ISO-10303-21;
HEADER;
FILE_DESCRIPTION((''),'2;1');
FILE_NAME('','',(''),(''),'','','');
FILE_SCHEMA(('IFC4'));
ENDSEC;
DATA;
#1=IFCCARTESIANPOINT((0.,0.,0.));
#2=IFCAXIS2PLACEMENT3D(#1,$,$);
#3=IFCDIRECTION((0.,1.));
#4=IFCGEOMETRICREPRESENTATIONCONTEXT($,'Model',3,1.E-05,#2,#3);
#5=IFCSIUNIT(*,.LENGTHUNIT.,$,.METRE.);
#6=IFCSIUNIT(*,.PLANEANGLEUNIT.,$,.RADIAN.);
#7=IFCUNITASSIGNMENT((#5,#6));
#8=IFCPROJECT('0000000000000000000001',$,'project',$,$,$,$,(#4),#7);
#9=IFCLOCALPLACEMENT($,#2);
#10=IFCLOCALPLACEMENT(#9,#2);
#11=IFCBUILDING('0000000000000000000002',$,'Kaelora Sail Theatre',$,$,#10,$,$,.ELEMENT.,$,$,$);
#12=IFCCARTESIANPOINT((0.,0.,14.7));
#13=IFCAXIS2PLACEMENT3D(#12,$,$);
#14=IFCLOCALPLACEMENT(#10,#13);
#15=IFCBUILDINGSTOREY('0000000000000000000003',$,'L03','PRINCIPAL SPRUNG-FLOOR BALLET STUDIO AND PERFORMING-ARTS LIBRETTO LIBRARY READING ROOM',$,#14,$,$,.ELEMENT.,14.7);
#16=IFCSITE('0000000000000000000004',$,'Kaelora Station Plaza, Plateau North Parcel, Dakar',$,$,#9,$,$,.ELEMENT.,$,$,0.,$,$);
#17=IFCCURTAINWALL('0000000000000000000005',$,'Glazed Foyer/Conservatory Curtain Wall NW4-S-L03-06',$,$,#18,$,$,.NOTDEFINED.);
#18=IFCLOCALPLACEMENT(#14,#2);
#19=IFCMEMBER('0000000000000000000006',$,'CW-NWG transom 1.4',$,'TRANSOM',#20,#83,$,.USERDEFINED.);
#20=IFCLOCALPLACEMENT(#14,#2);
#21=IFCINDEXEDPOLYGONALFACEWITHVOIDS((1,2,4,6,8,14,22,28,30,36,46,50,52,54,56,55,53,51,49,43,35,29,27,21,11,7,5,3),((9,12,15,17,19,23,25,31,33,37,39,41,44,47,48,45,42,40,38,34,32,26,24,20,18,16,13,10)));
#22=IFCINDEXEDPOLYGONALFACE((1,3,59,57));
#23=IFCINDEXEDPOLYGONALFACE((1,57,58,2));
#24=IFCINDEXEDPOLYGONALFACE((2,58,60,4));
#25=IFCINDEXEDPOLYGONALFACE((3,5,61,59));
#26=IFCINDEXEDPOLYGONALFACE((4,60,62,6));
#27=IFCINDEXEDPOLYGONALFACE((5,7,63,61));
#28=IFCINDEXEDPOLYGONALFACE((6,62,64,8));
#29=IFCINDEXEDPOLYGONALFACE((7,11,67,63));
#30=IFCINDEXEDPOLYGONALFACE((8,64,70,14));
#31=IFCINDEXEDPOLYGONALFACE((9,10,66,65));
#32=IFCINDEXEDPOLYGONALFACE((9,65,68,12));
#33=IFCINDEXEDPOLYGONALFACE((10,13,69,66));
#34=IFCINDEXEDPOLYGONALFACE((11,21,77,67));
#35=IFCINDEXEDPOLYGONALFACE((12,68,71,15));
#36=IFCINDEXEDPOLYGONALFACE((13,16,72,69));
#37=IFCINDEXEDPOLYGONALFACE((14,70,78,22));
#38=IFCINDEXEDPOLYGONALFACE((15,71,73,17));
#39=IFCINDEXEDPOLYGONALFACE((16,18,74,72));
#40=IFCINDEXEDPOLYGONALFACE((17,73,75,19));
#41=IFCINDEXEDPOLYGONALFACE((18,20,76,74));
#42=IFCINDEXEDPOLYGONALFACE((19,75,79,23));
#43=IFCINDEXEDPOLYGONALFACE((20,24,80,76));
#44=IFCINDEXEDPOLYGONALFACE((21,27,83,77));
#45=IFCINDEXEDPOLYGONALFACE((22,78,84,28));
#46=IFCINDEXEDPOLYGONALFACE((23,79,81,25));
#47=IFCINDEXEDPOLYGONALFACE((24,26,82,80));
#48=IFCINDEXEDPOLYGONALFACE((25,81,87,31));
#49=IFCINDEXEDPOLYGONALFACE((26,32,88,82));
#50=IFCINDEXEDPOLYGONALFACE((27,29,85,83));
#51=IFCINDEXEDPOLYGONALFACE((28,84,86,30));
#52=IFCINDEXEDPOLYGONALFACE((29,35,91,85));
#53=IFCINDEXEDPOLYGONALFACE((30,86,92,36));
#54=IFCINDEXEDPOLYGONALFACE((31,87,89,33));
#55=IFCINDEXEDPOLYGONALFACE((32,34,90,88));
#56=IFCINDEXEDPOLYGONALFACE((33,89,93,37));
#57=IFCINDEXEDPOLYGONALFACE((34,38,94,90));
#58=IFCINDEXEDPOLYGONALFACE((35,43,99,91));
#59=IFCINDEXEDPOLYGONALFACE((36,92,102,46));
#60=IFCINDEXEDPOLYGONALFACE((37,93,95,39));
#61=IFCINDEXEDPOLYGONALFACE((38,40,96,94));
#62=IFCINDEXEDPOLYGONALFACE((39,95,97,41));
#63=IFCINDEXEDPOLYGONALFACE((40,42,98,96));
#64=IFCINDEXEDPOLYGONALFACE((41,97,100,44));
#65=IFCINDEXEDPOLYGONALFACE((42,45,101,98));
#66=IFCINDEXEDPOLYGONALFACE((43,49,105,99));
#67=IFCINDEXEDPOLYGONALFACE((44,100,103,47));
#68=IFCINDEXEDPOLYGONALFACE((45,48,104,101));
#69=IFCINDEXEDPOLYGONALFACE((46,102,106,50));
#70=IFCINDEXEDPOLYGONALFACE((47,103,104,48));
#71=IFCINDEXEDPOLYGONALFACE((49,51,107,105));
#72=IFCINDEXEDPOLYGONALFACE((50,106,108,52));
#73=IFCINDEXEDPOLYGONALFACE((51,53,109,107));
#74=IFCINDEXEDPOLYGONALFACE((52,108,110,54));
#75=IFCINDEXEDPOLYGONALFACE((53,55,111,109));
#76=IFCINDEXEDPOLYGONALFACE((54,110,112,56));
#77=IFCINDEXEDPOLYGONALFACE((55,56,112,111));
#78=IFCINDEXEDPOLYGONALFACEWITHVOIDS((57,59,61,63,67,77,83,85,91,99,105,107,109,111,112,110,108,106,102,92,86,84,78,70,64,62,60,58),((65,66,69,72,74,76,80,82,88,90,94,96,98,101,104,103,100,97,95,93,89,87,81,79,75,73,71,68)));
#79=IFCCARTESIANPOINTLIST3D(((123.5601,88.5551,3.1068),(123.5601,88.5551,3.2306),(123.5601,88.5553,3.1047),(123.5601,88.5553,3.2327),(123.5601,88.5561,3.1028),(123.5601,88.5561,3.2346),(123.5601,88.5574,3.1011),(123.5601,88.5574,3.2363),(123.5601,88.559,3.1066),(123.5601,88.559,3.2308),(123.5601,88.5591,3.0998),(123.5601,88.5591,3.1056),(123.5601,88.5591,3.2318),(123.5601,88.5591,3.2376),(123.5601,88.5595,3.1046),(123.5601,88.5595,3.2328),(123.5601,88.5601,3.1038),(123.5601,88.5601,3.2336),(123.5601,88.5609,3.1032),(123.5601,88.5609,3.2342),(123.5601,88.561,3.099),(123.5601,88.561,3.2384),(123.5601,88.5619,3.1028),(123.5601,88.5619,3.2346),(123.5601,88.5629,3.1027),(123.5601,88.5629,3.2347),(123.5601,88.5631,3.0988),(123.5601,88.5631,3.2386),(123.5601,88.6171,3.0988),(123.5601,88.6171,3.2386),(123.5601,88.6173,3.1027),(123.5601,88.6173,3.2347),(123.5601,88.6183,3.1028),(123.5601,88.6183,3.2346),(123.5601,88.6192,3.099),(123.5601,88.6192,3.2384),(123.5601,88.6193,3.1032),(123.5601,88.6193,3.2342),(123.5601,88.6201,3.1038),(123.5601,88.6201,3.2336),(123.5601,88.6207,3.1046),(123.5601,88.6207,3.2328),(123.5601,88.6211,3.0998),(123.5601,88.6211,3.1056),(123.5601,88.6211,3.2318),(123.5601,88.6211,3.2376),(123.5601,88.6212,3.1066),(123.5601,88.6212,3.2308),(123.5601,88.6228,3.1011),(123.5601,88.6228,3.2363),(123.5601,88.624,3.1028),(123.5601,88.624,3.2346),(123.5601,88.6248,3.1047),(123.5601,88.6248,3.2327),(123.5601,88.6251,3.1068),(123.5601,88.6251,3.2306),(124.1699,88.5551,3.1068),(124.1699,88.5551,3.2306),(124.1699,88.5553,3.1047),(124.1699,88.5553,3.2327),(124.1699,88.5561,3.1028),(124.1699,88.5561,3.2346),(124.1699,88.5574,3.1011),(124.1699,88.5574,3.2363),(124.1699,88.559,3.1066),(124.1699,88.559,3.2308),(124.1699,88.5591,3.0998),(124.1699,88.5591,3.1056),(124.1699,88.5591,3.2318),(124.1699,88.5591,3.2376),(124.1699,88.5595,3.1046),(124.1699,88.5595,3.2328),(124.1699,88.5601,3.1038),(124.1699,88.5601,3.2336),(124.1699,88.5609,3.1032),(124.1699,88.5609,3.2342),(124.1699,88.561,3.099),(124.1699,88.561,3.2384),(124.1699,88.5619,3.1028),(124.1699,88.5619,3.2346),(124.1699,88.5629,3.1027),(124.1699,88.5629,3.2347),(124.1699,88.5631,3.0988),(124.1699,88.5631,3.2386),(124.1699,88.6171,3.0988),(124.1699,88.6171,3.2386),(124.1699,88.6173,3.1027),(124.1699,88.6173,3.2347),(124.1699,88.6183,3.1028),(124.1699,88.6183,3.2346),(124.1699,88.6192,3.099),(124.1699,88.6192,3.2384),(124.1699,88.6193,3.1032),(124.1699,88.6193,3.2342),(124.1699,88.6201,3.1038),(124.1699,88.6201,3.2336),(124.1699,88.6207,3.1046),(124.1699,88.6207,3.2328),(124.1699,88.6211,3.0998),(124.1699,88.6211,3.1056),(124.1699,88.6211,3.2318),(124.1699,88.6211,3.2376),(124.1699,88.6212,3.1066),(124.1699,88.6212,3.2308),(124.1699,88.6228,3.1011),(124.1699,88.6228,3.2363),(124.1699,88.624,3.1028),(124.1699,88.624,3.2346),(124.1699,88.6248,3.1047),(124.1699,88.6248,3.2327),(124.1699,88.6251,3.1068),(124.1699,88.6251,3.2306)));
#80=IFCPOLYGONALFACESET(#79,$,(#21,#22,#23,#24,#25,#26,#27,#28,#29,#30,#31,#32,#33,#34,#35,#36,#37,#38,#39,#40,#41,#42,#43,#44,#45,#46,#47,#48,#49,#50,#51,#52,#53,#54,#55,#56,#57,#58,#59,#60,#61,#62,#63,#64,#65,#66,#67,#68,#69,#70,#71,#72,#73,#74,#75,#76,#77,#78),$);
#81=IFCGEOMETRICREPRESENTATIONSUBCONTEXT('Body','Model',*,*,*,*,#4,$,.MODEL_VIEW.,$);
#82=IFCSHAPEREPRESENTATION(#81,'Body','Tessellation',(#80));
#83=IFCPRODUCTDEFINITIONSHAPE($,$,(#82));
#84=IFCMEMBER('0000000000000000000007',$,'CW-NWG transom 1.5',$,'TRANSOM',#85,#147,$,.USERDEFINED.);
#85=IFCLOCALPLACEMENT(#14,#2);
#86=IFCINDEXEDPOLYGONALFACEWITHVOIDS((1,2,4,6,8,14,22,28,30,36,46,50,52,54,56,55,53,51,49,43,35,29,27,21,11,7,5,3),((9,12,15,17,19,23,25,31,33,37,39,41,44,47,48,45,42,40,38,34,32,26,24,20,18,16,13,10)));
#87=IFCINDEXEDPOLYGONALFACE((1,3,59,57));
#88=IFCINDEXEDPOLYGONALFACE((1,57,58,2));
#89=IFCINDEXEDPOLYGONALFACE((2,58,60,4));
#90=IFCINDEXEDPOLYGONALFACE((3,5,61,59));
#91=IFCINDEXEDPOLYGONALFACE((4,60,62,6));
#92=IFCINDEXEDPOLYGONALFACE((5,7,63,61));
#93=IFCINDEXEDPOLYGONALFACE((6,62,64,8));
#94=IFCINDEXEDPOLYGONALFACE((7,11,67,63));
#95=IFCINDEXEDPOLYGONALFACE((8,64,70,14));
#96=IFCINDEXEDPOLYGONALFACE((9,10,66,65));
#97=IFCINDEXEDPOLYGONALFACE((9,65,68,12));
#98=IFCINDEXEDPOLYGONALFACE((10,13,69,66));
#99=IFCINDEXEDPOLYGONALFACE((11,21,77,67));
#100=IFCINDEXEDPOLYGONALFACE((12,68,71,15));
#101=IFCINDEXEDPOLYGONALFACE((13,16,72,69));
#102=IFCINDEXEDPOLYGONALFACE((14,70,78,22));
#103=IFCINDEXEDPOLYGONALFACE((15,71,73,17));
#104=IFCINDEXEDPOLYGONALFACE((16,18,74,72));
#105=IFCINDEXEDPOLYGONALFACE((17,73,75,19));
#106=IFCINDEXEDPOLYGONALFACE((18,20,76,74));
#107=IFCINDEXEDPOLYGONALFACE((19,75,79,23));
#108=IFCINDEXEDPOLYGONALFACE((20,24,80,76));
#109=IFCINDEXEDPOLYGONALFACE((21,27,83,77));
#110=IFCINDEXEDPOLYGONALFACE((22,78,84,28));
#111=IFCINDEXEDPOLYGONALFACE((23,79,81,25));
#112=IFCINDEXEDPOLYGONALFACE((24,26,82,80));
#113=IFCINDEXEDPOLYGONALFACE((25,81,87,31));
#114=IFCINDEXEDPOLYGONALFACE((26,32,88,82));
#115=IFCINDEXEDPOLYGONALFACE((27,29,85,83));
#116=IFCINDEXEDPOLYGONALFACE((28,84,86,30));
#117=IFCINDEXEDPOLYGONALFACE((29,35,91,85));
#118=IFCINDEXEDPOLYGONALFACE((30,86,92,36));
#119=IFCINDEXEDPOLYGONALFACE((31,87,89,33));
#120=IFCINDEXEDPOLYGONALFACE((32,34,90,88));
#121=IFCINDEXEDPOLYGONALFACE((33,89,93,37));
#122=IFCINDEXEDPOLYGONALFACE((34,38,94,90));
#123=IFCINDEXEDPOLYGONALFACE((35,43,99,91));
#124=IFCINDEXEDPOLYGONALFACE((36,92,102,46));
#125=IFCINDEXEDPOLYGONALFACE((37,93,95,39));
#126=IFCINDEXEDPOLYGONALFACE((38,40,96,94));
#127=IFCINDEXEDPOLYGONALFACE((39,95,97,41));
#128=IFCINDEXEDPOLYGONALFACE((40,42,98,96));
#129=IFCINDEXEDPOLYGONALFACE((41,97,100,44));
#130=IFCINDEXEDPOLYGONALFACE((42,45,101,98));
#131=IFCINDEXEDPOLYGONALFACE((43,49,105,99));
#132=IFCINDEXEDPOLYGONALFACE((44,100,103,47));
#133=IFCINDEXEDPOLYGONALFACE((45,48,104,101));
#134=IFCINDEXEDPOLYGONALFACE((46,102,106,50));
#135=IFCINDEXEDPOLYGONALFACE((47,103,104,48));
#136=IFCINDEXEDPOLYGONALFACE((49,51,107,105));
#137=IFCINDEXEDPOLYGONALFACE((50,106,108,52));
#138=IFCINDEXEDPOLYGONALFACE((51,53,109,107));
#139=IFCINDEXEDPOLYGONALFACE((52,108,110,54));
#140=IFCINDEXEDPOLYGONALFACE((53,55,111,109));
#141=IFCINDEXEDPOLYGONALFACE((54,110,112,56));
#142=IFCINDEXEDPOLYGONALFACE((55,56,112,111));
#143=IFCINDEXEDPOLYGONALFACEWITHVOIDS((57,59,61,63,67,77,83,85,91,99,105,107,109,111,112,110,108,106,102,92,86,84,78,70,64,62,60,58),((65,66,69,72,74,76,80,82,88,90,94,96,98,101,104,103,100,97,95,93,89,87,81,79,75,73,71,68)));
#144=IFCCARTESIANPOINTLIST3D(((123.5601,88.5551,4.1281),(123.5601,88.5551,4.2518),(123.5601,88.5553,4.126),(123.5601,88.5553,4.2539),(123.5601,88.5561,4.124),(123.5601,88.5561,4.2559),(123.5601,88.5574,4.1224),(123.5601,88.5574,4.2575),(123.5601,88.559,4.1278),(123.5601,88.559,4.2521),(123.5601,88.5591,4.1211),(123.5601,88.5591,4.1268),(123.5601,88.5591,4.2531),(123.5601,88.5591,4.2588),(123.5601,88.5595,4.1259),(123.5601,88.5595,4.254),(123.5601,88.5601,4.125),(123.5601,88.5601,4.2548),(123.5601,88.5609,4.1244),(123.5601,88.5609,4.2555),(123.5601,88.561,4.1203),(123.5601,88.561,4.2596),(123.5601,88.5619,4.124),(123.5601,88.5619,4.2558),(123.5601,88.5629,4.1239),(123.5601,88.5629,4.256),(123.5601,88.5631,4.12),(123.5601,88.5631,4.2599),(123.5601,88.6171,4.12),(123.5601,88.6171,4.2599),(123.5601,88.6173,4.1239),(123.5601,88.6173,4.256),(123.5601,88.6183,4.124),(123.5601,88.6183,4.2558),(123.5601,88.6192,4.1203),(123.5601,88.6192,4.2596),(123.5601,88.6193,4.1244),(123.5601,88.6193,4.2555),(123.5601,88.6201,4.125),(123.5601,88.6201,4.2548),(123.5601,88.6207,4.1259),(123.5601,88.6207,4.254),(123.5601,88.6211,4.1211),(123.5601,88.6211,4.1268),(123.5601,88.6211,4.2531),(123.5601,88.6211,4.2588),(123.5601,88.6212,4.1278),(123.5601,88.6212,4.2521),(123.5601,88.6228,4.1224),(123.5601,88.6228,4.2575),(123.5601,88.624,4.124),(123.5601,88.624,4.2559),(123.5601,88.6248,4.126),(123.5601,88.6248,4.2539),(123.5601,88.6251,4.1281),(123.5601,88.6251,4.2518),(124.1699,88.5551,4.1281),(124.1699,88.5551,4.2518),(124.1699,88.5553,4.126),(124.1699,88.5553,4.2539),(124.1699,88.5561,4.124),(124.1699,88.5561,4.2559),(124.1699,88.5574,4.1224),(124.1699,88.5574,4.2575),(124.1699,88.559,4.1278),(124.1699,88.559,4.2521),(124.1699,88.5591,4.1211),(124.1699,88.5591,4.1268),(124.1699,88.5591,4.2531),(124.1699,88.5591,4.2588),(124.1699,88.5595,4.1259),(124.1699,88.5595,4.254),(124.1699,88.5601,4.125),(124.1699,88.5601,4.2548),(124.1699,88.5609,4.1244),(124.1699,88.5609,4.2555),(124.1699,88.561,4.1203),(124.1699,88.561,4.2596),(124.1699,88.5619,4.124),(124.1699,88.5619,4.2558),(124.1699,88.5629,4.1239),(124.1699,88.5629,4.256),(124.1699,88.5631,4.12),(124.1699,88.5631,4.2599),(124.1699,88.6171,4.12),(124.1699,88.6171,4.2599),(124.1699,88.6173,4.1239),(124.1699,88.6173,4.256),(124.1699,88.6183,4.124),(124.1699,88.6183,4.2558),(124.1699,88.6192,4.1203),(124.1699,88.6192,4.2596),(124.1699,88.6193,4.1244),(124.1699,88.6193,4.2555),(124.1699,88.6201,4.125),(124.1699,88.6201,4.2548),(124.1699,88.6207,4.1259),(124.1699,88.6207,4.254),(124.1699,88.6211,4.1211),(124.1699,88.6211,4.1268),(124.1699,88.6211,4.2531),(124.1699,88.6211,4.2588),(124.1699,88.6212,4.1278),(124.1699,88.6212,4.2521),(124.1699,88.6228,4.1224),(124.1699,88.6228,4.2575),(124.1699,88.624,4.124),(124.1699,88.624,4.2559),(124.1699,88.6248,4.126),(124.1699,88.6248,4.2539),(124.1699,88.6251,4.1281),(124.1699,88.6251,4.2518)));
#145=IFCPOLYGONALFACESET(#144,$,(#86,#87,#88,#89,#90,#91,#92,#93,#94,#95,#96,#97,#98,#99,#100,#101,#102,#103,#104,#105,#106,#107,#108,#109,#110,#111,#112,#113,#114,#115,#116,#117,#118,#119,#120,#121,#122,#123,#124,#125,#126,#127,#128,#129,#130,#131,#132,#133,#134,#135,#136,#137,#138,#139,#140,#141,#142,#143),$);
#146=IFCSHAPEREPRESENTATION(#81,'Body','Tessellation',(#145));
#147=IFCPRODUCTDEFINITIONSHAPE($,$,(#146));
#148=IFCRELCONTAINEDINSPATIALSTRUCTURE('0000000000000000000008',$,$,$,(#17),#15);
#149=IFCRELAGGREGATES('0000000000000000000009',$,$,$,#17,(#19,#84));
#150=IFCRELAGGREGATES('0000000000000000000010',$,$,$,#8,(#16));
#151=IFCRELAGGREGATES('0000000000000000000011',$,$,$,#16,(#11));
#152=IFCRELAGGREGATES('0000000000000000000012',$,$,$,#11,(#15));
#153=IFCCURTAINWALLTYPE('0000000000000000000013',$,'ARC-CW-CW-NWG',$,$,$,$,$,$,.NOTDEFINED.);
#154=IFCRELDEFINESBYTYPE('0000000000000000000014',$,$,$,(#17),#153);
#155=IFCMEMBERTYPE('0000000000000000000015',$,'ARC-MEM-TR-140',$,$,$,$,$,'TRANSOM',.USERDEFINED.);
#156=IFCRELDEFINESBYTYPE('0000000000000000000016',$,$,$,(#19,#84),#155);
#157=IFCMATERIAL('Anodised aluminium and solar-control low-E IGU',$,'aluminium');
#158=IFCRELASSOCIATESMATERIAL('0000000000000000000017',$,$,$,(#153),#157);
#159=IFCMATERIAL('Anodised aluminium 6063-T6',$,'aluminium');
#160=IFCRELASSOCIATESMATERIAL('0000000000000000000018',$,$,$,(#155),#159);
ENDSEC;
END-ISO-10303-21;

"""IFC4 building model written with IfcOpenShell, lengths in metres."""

from ifc_helpers import new_model, si_unit, direction, frame, origin, origin_2d, place, context, subcontext, project, spatial, hollow_rectangle, extrude, material, material_profile, profile_set, type_object, element, aggregate, save


model = new_model("IFC4")

# Units and contexts
model_context = context("Model", 3, precision=1e-05, world=origin(), true_north=direction((0.0, 1.0)))
body_context = subcontext(model_context, "Body", "Model", "MODEL_VIEW")
ifc_project = project(units=[si_unit("LENGTHUNIT", "METRE"), si_unit("PLANEANGLEUNIT", "RADIAN")], contexts=[model_context])

# Site, building, storey
site_placement = place(None, origin())
site = spatial("IfcSite", under=ifc_project, at=site_placement, Name="Kaelora Station Plaza, Plateau North Parcel, Dakar", CompositionType="ELEMENT", RefElevation=0.0)
building_placement = place(site_placement, origin())
building = spatial("IfcBuilding", under=site, at=building_placement, Name="Kaelora Sail Theatre", CompositionType="ELEMENT")
storey_placement = place(building_placement, frame((0.0, 0.0, 14.7)))
storey = spatial("IfcBuildingStorey", under=building, at=storey_placement, Name="L03", Description="PRINCIPAL SPRUNG-FLOOR BALLET STUDIO AND PERFORMING-ARTS LIBRETTO LIBRARY READING ROOM", CompositionType="ELEMENT", Elevation=14.7)

# Curtain wall
ifc_material_1 = material(Name="Anodised aluminium and solar-control low-E IGU", Category="aluminium")
curtain_wall_type = type_object("IfcCurtainWallType", Name="ARC-CW-CW-NWG", PredefinedType="NOTDEFINED", material=ifc_material_1)
curtain_wall_1_placement = place(storey_placement, origin())
curtain_wall_1 = element("IfcCurtainWall", 1, at=curtain_wall_1_placement, inside=storey, type_object=curtain_wall_type, Name="Glazed Foyer/Conservatory Curtain Wall NW4-S-L03-06", PredefinedType="NOTDEFINED")

# Members
ifc_material_2 = material(Name="Anodised aluminium 6063-T6", Category="aluminium")
ifc_material_profile_1 = material_profile(ifc_material_2, hollow_rectangle(XDim=0.0701, YDim=0.1399, WallThickness=0.0039, InnerFilletRadius=0.0039, OuterFilletRadius=0.0081, at=origin_2d()), Name="ALU-TRAN 70x140x4")
ifc_profile_set_1 = profile_set([ifc_material_profile_1], Name="Anodised aluminium 6063-T6")
member_type_1 = type_object("IfcMemberType", Name="ARC-MEM-TR-140", ElementType="TRANSOM", PredefinedType="USERDEFINED", material=ifc_profile_set_1)
member_1_placement = place(storey_placement, frame((123.5601, 88.5901, 3.1687), z_axis=(1.0, 0.0, 0.0), x_axis=(0.0, 1.0, 0.0)))
member_1 = element("IfcMember", 2, at=member_1_placement, type_object=member_type_1, Name="CW-NWG transom 1.4", ObjectType="TRANSOM", PredefinedType="USERDEFINED", context=body_context, shape_type="SweptSolid", body=[
    extrude(hollow_rectangle(XDim=0.0701, YDim=0.1399, WallThickness=0.0039, InnerFilletRadius=0.0039, OuterFilletRadius=0.0081, at=origin_2d()), origin(), (0.0, 0.0, 1.0), 0.6099),
])
member_2_placement = place(storey_placement, frame((123.5601, 88.5901, 4.1899), z_axis=(1.0, 0.0, 0.0), x_axis=(0.0, 1.0, 0.0)))
member_2 = element("IfcMember", 3, at=member_2_placement, type_object=member_type_1, Name="CW-NWG transom 1.5", ObjectType="TRANSOM", PredefinedType="USERDEFINED", context=body_context, shape_type="SweptSolid", body=[
    extrude(hollow_rectangle(XDim=0.0701, YDim=0.1399, WallThickness=0.0039, InnerFilletRadius=0.0039, OuterFilletRadius=0.0081, at=origin_2d()), origin(), (0.0, 0.0, 1.0), 0.6099),
])

aggregate(curtain_wall_1, [member_1, member_2])

save(model, "model.ifc")
